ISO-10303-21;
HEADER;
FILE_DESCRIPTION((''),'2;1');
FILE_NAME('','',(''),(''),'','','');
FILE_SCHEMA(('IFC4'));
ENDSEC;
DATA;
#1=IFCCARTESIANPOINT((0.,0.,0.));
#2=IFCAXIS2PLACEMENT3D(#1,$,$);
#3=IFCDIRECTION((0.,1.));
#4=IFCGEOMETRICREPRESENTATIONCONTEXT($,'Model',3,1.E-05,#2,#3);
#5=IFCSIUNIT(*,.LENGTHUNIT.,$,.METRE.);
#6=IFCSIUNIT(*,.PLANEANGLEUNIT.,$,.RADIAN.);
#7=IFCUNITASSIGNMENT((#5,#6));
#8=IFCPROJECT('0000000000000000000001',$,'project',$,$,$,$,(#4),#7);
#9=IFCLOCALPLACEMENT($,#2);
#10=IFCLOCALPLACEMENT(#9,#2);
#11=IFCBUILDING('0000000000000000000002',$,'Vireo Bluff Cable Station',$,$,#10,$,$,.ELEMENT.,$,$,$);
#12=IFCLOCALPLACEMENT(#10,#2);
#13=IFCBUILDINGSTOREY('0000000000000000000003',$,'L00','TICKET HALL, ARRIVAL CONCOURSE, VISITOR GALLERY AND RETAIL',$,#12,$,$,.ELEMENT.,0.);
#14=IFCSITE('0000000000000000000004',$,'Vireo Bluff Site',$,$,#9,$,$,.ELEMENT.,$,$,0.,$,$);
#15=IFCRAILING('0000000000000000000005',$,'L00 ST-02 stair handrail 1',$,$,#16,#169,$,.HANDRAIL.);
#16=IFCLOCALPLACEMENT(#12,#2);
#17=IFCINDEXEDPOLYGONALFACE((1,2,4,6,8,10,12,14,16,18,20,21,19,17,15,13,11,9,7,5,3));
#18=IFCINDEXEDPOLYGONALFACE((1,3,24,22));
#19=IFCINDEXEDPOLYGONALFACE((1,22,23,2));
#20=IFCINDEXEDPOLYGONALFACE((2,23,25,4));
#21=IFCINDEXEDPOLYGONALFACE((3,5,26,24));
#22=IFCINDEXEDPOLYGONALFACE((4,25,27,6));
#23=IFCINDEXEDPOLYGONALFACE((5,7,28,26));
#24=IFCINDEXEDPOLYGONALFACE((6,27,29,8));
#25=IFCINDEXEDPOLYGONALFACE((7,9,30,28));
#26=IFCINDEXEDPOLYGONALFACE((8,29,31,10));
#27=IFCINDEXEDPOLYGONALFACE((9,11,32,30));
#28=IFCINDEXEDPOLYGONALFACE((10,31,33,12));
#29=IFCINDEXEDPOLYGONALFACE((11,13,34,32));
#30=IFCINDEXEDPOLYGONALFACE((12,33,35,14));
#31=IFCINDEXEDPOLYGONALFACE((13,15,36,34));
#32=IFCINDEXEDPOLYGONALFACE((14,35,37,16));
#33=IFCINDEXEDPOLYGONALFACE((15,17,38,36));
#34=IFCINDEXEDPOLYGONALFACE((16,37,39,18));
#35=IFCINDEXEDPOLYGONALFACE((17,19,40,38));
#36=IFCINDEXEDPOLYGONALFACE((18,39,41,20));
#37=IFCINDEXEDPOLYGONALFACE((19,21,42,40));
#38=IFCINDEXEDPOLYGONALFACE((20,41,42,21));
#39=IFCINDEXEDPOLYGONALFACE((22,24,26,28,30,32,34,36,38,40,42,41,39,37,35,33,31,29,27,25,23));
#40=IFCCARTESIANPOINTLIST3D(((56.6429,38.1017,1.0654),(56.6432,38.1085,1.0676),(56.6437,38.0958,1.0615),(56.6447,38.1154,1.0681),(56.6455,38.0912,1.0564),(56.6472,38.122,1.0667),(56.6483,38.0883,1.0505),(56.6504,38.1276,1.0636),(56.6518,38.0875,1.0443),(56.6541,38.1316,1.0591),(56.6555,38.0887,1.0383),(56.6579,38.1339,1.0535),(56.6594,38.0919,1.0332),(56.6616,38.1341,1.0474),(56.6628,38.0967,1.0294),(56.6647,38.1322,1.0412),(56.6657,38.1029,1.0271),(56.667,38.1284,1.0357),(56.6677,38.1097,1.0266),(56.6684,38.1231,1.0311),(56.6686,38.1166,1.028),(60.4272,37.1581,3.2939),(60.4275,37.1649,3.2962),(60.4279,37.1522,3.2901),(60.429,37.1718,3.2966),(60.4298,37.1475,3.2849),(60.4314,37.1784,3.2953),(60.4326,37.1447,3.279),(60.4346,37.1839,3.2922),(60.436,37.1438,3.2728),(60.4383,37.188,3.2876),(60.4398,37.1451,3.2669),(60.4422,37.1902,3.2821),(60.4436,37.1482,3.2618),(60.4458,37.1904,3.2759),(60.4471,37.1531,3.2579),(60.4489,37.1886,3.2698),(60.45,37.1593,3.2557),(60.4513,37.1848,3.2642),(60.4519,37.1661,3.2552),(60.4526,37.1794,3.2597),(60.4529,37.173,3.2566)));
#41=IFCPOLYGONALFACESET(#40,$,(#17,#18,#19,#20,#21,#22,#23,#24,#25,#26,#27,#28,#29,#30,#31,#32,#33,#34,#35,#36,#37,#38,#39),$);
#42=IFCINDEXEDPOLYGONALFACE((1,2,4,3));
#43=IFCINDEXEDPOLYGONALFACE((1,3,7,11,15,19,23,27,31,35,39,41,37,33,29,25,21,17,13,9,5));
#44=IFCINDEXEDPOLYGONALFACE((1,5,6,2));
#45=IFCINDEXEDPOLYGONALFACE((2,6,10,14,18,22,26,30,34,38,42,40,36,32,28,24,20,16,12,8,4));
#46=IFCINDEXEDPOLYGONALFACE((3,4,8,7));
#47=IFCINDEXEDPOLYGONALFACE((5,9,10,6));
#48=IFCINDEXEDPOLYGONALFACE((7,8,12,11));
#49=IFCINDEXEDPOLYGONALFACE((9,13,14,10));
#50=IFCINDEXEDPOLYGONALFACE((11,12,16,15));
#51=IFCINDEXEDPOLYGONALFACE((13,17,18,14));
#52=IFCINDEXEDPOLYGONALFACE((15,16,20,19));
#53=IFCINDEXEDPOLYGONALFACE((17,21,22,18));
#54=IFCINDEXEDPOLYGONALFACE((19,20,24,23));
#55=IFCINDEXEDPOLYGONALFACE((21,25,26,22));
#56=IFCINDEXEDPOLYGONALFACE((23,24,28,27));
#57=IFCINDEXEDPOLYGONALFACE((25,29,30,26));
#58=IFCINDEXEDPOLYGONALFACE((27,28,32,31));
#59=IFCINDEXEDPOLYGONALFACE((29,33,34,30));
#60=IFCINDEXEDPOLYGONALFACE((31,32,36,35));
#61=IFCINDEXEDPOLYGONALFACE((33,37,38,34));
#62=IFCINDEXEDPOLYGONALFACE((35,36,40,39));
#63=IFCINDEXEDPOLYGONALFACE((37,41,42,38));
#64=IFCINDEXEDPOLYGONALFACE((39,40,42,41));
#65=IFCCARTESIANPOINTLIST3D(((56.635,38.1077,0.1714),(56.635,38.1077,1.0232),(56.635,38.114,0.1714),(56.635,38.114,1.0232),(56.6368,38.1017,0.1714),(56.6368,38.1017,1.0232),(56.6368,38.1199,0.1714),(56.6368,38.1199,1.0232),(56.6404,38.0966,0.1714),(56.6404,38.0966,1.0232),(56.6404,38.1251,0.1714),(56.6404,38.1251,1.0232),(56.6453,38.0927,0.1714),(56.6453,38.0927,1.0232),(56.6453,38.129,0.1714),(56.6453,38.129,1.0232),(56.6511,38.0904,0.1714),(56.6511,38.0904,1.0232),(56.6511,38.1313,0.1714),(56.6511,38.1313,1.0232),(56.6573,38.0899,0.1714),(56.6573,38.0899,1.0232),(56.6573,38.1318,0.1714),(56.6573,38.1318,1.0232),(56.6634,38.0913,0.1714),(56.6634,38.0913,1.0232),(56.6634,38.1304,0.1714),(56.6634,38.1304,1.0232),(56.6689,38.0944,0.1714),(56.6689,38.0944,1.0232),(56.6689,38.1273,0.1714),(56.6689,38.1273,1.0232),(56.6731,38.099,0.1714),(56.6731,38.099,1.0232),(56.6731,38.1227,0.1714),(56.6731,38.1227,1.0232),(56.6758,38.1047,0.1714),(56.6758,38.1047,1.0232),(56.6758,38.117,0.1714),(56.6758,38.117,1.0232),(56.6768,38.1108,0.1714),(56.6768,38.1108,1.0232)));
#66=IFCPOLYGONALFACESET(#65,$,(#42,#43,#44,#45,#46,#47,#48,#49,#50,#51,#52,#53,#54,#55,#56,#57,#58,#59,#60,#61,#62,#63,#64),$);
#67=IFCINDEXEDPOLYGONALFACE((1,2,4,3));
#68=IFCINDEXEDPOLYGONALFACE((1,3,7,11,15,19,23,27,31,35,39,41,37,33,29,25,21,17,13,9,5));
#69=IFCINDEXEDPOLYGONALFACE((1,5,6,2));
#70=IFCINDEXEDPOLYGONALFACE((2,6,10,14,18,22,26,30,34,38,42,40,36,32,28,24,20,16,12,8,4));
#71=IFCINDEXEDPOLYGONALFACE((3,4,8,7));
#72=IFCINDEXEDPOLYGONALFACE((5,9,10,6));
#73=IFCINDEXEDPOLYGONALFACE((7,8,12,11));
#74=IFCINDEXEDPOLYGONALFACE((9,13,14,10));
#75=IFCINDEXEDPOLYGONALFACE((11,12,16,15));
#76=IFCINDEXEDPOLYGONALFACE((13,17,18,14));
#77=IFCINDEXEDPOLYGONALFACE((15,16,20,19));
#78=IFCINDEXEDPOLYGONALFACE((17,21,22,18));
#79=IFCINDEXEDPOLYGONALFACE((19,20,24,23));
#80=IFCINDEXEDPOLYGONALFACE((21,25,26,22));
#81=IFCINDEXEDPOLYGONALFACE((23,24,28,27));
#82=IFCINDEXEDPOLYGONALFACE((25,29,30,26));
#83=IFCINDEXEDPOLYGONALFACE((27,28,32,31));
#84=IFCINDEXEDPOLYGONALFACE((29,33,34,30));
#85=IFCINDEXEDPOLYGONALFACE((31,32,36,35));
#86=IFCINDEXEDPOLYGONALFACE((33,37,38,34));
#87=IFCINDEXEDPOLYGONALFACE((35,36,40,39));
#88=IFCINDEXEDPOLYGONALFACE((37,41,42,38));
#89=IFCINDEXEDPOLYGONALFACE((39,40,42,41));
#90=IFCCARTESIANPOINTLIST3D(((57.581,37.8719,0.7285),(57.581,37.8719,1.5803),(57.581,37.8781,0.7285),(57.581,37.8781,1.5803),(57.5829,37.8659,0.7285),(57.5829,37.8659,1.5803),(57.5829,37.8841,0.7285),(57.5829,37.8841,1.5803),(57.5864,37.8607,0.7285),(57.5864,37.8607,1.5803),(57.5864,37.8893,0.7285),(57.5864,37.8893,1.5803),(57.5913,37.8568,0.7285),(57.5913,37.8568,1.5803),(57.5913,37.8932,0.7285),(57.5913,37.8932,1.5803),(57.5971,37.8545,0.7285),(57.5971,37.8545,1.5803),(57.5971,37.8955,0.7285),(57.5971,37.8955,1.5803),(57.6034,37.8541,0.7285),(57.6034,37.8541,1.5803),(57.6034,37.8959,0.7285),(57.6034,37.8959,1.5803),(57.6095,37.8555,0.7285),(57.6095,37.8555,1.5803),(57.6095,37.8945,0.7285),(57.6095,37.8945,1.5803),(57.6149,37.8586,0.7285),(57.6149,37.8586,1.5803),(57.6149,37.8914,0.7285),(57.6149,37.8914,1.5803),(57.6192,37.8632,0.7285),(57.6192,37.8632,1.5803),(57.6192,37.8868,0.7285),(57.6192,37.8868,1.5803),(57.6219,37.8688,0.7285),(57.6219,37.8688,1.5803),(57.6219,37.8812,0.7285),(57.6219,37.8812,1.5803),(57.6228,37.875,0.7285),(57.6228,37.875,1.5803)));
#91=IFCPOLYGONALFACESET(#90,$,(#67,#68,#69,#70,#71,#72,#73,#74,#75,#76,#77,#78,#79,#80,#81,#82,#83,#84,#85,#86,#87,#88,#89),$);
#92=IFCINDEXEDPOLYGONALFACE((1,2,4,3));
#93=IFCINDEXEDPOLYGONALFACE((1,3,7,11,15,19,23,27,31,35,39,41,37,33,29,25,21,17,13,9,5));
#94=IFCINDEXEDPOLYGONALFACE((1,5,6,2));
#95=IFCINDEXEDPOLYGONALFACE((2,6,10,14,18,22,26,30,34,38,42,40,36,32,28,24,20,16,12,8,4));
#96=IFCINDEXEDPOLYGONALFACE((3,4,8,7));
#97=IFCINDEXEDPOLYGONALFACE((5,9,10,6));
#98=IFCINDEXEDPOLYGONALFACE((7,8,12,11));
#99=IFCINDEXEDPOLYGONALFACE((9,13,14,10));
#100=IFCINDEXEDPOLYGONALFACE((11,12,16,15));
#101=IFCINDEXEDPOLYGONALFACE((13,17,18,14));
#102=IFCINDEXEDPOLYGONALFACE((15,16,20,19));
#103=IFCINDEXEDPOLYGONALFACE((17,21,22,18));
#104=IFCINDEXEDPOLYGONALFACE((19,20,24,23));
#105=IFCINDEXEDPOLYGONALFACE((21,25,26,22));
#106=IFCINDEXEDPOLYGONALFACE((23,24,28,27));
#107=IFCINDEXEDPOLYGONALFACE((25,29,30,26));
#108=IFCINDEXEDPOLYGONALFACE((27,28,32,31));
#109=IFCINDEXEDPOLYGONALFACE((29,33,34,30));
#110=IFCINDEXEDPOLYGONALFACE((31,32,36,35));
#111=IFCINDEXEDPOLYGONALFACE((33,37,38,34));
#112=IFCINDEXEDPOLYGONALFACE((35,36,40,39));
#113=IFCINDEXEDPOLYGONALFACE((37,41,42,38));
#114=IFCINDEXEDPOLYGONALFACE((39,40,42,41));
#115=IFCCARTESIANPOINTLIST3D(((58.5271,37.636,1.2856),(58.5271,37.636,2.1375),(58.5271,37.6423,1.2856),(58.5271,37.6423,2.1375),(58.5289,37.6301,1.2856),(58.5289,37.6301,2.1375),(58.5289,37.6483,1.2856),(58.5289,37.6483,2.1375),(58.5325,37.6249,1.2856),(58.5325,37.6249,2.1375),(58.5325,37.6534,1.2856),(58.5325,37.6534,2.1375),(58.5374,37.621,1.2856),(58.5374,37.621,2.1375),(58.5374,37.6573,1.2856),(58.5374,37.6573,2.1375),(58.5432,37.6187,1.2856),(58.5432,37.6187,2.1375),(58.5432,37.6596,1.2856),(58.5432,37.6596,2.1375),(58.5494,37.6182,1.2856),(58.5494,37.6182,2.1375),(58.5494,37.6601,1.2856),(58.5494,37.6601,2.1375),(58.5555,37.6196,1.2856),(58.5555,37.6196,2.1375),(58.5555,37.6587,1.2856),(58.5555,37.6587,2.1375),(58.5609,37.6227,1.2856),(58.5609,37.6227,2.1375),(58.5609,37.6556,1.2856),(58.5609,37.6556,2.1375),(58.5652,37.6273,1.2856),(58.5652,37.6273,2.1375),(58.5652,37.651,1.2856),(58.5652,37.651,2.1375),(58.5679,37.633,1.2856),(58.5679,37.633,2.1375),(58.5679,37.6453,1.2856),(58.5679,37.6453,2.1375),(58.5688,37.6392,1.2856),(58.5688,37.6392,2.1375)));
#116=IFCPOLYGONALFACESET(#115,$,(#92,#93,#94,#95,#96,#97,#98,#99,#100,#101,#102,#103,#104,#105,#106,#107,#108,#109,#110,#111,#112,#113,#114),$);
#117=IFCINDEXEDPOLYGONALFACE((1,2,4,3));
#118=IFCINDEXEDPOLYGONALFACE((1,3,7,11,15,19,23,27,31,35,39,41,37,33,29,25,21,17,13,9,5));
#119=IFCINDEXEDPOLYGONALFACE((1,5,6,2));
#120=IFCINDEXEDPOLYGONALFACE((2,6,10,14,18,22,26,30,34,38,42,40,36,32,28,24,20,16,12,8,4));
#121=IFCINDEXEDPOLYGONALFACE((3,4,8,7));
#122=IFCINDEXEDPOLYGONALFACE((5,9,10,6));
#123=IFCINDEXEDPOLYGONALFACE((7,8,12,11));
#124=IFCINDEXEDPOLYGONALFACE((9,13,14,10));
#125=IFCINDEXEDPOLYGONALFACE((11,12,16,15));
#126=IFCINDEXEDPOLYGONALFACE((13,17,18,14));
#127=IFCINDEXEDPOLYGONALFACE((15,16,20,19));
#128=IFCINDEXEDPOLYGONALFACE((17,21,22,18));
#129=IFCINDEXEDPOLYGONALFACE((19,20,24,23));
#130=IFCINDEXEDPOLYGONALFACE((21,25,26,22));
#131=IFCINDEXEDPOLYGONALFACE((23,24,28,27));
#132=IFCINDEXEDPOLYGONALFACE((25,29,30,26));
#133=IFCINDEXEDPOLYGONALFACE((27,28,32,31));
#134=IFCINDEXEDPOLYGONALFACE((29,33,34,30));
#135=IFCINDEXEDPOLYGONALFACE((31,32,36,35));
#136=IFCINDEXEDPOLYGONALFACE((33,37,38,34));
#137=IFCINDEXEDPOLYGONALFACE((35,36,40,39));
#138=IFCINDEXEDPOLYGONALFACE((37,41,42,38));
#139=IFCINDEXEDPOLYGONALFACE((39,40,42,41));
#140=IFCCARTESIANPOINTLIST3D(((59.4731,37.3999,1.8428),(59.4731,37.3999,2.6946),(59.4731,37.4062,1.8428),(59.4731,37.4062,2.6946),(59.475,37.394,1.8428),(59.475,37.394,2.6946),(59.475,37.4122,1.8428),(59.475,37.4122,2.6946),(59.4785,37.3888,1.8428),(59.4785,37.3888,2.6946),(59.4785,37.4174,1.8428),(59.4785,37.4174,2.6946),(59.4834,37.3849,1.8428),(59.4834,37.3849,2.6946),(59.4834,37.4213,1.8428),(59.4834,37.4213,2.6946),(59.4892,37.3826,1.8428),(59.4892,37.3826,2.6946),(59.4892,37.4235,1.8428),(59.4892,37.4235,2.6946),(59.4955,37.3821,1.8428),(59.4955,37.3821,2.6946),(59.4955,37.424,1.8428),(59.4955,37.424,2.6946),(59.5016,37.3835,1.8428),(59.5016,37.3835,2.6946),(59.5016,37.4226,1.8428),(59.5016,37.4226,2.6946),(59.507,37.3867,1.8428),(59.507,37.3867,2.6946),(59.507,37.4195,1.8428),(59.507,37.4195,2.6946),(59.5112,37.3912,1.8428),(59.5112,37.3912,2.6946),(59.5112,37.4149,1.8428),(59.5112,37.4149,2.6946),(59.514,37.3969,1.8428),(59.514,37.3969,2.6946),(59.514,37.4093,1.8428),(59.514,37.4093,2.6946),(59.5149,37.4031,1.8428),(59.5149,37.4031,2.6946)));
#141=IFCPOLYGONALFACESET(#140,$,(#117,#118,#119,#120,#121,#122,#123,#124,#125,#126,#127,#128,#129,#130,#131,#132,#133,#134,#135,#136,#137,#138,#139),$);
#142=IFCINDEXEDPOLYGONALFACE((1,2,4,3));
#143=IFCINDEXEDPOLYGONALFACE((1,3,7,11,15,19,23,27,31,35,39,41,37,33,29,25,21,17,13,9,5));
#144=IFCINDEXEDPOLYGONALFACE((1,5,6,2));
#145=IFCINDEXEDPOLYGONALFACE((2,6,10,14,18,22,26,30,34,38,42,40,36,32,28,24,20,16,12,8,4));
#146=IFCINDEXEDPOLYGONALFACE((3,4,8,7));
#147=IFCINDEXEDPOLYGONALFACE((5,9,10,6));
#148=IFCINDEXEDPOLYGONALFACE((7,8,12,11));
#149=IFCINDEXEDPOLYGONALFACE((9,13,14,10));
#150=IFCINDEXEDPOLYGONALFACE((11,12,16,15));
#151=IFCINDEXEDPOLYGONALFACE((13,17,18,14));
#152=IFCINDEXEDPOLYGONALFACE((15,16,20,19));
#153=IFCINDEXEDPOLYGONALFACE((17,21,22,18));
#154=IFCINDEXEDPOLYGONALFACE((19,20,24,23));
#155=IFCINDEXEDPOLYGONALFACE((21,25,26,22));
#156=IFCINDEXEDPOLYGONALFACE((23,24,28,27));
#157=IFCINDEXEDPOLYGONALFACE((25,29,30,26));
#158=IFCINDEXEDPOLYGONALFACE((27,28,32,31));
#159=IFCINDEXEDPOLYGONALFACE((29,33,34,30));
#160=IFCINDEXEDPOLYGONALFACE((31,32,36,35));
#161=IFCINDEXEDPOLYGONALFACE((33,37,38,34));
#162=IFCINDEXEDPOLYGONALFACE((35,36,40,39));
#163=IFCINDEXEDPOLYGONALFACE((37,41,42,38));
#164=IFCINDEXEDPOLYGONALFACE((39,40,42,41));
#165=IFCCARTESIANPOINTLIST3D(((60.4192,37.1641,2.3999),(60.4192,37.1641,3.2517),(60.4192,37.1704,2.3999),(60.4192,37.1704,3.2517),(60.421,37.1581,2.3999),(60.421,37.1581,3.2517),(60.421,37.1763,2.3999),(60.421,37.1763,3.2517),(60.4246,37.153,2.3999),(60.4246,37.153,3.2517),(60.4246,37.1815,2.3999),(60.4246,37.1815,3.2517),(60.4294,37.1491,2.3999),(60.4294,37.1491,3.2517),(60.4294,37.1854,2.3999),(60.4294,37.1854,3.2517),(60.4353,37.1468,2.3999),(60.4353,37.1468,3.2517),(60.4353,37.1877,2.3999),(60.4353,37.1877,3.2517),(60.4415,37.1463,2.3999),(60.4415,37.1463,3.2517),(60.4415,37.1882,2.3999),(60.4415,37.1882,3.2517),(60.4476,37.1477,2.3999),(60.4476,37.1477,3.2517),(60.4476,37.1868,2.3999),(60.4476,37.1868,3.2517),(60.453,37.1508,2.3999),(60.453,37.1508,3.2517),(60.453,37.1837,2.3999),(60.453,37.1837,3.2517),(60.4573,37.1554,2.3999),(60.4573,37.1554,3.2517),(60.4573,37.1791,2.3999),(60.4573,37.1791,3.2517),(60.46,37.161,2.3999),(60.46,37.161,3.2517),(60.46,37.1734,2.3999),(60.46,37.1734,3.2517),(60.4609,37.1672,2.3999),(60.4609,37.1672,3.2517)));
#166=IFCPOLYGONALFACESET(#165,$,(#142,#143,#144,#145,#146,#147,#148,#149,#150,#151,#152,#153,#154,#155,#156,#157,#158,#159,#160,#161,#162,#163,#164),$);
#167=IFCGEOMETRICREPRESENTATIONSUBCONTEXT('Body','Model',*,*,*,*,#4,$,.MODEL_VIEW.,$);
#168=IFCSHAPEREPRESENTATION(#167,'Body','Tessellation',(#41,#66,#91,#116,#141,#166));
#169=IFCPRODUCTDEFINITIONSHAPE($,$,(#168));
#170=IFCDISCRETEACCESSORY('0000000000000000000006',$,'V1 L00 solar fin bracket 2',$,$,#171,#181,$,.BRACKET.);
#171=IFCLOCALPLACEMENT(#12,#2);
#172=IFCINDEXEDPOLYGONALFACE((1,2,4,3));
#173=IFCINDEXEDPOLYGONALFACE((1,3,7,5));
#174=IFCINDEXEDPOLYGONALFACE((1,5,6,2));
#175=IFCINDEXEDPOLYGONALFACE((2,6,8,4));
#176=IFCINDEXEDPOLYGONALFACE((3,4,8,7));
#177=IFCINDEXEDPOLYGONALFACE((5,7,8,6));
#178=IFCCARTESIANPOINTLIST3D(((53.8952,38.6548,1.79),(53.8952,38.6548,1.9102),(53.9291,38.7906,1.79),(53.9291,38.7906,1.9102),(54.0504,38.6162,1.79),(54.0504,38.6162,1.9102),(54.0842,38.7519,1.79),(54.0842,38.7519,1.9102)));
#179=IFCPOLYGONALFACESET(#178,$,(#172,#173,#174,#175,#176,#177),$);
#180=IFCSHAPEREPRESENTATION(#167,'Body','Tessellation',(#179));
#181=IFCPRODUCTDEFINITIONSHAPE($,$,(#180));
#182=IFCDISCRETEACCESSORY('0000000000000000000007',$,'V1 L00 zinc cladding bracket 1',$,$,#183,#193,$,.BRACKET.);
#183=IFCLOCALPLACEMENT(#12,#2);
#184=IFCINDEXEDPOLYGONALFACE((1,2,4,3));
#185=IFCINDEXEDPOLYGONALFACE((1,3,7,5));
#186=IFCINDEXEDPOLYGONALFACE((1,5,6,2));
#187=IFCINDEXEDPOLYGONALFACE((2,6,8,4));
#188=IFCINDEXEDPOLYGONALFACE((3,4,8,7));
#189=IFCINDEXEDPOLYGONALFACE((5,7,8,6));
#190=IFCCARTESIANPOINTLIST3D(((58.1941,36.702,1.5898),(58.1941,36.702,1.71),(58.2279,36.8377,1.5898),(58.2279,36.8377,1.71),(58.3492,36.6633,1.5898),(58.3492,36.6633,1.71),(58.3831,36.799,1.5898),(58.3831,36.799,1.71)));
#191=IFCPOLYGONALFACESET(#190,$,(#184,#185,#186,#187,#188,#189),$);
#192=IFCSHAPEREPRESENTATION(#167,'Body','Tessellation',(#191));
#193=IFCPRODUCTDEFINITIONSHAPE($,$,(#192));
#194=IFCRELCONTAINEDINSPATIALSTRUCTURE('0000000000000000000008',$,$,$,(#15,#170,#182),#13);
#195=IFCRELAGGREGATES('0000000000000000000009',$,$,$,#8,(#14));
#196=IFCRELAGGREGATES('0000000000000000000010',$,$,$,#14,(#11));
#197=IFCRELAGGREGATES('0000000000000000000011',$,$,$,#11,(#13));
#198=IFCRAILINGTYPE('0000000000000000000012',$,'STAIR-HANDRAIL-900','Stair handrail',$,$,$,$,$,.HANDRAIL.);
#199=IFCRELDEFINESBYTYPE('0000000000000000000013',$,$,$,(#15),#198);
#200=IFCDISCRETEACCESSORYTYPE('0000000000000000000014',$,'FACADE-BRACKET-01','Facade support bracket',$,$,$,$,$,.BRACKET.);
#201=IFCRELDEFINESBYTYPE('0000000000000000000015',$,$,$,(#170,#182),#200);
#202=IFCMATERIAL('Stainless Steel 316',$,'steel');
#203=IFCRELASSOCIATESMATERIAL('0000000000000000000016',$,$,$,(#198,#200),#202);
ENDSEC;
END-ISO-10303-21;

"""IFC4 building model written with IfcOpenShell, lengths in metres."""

from ifc_helpers import new_model, si_unit, direction, frame, origin, origin_2d, place, context, subcontext, project, spatial, rectangle, circle, extrude, material, type_object, element, save


model = new_model("IFC4")

# Units and contexts
model_context = context("Model", 3, precision=1e-05, world=origin(), true_north=direction((0.0, 1.0)))
body_context = subcontext(model_context, "Body", "Model", "MODEL_VIEW")
ifc_project = project(units=[si_unit("LENGTHUNIT", "METRE"), si_unit("PLANEANGLEUNIT", "RADIAN")], contexts=[model_context])

# Site, building, storey
site_placement = place(None, origin())
site = spatial("IfcSite", under=ifc_project, at=site_placement, Name="Vireo Bluff Site", CompositionType="ELEMENT", RefElevation=0.0)
building_placement = place(site_placement, origin())
building = spatial("IfcBuilding", under=site, at=building_placement, Name="Vireo Bluff Cable Station", CompositionType="ELEMENT")
storey_placement = place(building_placement, origin())
storey = spatial("IfcBuildingStorey", under=building, at=storey_placement, Name="L00", Description="TICKET HALL, ARRIVAL CONCOURSE, VISITOR GALLERY AND RETAIL", CompositionType="ELEMENT", Elevation=0.0)

# Railing
ifc_material_1 = material(Name="Stainless Steel 316", Category="steel")
railing_type_1 = type_object("IfcRailingType", Name="STAIR-HANDRAIL-900", Description="Stair handrail", PredefinedType="HANDRAIL", material=ifc_material_1)
railing_1_placement = place(storey_placement, frame((56.6558, 38.1108, 0.1714)))
element("IfcRailing", 1, at=railing_1_placement, inside=storey, type_object=railing_type_1, Name="L00 ST-02 stair handrail 1", PredefinedType="HANDRAIL", context=body_context, shape_type="SweptSolid", body=[
    extrude(circle(Radius=0.0239, at=origin_2d()), frame((0.0, 0.0, 0.876), z_axis=(0.842455, -0.21007, 0.496125), x_axis=(0.241946, 0.97029, 0.0)), (0.0, 0.0, 1.0), 4.4919),
    extrude(circle(Radius=0.021, at=origin_2d()), origin(), (0.0, 0.0, 1.0), 0.8518),
    extrude(circle(Radius=0.021, at=origin_2d()), frame((0.946, -0.2358, 0.5571)), (0.0, 0.0, 1.0), 0.8518),
    extrude(circle(Radius=0.021, at=origin_2d()), frame((1.8921, -0.4717, 1.1143)), (0.0, 0.0, 1.0), 0.8518),
    extrude(circle(Radius=0.021, at=origin_2d()), frame((2.8381, -0.7078, 1.6714)), (0.0, 0.0, 1.0), 0.8518),
    extrude(circle(Radius=0.021, at=origin_2d()), frame((3.7842, -0.9436, 2.2285)), (0.0, 0.0, 1.0), 0.8518),
])

# Discrete accessories
discrete_accessory_type = type_object("IfcDiscreteAccessoryType", Name="FACADE-BRACKET-01", Description="Facade support bracket", PredefinedType="BRACKET", material=ifc_material_1)
discrete_accessory_1_placement = place(storey_placement, frame((53.9897, 38.7034, 1.79), z_axis=(0.0, 0.0, 1.0), x_axis=(0.241922, 0.970296, 0.0)))
element("IfcDiscreteAccessory", 2, at=discrete_accessory_1_placement, inside=storey, type_object=discrete_accessory_type, Name="V1 L00 solar fin bracket 2", PredefinedType="BRACKET", context=body_context, shape_type="SweptSolid", body=[
    extrude(rectangle(XDim=0.1399, YDim=0.1599, at=origin_2d()), origin(), (0.0, 0.0, 1.0), 0.1201),
])
discrete_accessory_2_placement = place(storey_placement, frame((58.2886, 36.7505, 1.5898), z_axis=(0.0, 0.0, 1.0), x_axis=(-0.970296, 0.241922, 0.0)))
element("IfcDiscreteAccessory", 3, at=discrete_accessory_2_placement, inside=storey, type_object=discrete_accessory_type, Name="V1 L00 zinc cladding bracket 1", PredefinedType="BRACKET", context=body_context, shape_type="SweptSolid", body=[
    extrude(rectangle(XDim=0.1599, YDim=0.1399, at=origin_2d()), origin(), (0.0, 0.0, 1.0), 0.1201),
])

save(model, "model.ifc")
